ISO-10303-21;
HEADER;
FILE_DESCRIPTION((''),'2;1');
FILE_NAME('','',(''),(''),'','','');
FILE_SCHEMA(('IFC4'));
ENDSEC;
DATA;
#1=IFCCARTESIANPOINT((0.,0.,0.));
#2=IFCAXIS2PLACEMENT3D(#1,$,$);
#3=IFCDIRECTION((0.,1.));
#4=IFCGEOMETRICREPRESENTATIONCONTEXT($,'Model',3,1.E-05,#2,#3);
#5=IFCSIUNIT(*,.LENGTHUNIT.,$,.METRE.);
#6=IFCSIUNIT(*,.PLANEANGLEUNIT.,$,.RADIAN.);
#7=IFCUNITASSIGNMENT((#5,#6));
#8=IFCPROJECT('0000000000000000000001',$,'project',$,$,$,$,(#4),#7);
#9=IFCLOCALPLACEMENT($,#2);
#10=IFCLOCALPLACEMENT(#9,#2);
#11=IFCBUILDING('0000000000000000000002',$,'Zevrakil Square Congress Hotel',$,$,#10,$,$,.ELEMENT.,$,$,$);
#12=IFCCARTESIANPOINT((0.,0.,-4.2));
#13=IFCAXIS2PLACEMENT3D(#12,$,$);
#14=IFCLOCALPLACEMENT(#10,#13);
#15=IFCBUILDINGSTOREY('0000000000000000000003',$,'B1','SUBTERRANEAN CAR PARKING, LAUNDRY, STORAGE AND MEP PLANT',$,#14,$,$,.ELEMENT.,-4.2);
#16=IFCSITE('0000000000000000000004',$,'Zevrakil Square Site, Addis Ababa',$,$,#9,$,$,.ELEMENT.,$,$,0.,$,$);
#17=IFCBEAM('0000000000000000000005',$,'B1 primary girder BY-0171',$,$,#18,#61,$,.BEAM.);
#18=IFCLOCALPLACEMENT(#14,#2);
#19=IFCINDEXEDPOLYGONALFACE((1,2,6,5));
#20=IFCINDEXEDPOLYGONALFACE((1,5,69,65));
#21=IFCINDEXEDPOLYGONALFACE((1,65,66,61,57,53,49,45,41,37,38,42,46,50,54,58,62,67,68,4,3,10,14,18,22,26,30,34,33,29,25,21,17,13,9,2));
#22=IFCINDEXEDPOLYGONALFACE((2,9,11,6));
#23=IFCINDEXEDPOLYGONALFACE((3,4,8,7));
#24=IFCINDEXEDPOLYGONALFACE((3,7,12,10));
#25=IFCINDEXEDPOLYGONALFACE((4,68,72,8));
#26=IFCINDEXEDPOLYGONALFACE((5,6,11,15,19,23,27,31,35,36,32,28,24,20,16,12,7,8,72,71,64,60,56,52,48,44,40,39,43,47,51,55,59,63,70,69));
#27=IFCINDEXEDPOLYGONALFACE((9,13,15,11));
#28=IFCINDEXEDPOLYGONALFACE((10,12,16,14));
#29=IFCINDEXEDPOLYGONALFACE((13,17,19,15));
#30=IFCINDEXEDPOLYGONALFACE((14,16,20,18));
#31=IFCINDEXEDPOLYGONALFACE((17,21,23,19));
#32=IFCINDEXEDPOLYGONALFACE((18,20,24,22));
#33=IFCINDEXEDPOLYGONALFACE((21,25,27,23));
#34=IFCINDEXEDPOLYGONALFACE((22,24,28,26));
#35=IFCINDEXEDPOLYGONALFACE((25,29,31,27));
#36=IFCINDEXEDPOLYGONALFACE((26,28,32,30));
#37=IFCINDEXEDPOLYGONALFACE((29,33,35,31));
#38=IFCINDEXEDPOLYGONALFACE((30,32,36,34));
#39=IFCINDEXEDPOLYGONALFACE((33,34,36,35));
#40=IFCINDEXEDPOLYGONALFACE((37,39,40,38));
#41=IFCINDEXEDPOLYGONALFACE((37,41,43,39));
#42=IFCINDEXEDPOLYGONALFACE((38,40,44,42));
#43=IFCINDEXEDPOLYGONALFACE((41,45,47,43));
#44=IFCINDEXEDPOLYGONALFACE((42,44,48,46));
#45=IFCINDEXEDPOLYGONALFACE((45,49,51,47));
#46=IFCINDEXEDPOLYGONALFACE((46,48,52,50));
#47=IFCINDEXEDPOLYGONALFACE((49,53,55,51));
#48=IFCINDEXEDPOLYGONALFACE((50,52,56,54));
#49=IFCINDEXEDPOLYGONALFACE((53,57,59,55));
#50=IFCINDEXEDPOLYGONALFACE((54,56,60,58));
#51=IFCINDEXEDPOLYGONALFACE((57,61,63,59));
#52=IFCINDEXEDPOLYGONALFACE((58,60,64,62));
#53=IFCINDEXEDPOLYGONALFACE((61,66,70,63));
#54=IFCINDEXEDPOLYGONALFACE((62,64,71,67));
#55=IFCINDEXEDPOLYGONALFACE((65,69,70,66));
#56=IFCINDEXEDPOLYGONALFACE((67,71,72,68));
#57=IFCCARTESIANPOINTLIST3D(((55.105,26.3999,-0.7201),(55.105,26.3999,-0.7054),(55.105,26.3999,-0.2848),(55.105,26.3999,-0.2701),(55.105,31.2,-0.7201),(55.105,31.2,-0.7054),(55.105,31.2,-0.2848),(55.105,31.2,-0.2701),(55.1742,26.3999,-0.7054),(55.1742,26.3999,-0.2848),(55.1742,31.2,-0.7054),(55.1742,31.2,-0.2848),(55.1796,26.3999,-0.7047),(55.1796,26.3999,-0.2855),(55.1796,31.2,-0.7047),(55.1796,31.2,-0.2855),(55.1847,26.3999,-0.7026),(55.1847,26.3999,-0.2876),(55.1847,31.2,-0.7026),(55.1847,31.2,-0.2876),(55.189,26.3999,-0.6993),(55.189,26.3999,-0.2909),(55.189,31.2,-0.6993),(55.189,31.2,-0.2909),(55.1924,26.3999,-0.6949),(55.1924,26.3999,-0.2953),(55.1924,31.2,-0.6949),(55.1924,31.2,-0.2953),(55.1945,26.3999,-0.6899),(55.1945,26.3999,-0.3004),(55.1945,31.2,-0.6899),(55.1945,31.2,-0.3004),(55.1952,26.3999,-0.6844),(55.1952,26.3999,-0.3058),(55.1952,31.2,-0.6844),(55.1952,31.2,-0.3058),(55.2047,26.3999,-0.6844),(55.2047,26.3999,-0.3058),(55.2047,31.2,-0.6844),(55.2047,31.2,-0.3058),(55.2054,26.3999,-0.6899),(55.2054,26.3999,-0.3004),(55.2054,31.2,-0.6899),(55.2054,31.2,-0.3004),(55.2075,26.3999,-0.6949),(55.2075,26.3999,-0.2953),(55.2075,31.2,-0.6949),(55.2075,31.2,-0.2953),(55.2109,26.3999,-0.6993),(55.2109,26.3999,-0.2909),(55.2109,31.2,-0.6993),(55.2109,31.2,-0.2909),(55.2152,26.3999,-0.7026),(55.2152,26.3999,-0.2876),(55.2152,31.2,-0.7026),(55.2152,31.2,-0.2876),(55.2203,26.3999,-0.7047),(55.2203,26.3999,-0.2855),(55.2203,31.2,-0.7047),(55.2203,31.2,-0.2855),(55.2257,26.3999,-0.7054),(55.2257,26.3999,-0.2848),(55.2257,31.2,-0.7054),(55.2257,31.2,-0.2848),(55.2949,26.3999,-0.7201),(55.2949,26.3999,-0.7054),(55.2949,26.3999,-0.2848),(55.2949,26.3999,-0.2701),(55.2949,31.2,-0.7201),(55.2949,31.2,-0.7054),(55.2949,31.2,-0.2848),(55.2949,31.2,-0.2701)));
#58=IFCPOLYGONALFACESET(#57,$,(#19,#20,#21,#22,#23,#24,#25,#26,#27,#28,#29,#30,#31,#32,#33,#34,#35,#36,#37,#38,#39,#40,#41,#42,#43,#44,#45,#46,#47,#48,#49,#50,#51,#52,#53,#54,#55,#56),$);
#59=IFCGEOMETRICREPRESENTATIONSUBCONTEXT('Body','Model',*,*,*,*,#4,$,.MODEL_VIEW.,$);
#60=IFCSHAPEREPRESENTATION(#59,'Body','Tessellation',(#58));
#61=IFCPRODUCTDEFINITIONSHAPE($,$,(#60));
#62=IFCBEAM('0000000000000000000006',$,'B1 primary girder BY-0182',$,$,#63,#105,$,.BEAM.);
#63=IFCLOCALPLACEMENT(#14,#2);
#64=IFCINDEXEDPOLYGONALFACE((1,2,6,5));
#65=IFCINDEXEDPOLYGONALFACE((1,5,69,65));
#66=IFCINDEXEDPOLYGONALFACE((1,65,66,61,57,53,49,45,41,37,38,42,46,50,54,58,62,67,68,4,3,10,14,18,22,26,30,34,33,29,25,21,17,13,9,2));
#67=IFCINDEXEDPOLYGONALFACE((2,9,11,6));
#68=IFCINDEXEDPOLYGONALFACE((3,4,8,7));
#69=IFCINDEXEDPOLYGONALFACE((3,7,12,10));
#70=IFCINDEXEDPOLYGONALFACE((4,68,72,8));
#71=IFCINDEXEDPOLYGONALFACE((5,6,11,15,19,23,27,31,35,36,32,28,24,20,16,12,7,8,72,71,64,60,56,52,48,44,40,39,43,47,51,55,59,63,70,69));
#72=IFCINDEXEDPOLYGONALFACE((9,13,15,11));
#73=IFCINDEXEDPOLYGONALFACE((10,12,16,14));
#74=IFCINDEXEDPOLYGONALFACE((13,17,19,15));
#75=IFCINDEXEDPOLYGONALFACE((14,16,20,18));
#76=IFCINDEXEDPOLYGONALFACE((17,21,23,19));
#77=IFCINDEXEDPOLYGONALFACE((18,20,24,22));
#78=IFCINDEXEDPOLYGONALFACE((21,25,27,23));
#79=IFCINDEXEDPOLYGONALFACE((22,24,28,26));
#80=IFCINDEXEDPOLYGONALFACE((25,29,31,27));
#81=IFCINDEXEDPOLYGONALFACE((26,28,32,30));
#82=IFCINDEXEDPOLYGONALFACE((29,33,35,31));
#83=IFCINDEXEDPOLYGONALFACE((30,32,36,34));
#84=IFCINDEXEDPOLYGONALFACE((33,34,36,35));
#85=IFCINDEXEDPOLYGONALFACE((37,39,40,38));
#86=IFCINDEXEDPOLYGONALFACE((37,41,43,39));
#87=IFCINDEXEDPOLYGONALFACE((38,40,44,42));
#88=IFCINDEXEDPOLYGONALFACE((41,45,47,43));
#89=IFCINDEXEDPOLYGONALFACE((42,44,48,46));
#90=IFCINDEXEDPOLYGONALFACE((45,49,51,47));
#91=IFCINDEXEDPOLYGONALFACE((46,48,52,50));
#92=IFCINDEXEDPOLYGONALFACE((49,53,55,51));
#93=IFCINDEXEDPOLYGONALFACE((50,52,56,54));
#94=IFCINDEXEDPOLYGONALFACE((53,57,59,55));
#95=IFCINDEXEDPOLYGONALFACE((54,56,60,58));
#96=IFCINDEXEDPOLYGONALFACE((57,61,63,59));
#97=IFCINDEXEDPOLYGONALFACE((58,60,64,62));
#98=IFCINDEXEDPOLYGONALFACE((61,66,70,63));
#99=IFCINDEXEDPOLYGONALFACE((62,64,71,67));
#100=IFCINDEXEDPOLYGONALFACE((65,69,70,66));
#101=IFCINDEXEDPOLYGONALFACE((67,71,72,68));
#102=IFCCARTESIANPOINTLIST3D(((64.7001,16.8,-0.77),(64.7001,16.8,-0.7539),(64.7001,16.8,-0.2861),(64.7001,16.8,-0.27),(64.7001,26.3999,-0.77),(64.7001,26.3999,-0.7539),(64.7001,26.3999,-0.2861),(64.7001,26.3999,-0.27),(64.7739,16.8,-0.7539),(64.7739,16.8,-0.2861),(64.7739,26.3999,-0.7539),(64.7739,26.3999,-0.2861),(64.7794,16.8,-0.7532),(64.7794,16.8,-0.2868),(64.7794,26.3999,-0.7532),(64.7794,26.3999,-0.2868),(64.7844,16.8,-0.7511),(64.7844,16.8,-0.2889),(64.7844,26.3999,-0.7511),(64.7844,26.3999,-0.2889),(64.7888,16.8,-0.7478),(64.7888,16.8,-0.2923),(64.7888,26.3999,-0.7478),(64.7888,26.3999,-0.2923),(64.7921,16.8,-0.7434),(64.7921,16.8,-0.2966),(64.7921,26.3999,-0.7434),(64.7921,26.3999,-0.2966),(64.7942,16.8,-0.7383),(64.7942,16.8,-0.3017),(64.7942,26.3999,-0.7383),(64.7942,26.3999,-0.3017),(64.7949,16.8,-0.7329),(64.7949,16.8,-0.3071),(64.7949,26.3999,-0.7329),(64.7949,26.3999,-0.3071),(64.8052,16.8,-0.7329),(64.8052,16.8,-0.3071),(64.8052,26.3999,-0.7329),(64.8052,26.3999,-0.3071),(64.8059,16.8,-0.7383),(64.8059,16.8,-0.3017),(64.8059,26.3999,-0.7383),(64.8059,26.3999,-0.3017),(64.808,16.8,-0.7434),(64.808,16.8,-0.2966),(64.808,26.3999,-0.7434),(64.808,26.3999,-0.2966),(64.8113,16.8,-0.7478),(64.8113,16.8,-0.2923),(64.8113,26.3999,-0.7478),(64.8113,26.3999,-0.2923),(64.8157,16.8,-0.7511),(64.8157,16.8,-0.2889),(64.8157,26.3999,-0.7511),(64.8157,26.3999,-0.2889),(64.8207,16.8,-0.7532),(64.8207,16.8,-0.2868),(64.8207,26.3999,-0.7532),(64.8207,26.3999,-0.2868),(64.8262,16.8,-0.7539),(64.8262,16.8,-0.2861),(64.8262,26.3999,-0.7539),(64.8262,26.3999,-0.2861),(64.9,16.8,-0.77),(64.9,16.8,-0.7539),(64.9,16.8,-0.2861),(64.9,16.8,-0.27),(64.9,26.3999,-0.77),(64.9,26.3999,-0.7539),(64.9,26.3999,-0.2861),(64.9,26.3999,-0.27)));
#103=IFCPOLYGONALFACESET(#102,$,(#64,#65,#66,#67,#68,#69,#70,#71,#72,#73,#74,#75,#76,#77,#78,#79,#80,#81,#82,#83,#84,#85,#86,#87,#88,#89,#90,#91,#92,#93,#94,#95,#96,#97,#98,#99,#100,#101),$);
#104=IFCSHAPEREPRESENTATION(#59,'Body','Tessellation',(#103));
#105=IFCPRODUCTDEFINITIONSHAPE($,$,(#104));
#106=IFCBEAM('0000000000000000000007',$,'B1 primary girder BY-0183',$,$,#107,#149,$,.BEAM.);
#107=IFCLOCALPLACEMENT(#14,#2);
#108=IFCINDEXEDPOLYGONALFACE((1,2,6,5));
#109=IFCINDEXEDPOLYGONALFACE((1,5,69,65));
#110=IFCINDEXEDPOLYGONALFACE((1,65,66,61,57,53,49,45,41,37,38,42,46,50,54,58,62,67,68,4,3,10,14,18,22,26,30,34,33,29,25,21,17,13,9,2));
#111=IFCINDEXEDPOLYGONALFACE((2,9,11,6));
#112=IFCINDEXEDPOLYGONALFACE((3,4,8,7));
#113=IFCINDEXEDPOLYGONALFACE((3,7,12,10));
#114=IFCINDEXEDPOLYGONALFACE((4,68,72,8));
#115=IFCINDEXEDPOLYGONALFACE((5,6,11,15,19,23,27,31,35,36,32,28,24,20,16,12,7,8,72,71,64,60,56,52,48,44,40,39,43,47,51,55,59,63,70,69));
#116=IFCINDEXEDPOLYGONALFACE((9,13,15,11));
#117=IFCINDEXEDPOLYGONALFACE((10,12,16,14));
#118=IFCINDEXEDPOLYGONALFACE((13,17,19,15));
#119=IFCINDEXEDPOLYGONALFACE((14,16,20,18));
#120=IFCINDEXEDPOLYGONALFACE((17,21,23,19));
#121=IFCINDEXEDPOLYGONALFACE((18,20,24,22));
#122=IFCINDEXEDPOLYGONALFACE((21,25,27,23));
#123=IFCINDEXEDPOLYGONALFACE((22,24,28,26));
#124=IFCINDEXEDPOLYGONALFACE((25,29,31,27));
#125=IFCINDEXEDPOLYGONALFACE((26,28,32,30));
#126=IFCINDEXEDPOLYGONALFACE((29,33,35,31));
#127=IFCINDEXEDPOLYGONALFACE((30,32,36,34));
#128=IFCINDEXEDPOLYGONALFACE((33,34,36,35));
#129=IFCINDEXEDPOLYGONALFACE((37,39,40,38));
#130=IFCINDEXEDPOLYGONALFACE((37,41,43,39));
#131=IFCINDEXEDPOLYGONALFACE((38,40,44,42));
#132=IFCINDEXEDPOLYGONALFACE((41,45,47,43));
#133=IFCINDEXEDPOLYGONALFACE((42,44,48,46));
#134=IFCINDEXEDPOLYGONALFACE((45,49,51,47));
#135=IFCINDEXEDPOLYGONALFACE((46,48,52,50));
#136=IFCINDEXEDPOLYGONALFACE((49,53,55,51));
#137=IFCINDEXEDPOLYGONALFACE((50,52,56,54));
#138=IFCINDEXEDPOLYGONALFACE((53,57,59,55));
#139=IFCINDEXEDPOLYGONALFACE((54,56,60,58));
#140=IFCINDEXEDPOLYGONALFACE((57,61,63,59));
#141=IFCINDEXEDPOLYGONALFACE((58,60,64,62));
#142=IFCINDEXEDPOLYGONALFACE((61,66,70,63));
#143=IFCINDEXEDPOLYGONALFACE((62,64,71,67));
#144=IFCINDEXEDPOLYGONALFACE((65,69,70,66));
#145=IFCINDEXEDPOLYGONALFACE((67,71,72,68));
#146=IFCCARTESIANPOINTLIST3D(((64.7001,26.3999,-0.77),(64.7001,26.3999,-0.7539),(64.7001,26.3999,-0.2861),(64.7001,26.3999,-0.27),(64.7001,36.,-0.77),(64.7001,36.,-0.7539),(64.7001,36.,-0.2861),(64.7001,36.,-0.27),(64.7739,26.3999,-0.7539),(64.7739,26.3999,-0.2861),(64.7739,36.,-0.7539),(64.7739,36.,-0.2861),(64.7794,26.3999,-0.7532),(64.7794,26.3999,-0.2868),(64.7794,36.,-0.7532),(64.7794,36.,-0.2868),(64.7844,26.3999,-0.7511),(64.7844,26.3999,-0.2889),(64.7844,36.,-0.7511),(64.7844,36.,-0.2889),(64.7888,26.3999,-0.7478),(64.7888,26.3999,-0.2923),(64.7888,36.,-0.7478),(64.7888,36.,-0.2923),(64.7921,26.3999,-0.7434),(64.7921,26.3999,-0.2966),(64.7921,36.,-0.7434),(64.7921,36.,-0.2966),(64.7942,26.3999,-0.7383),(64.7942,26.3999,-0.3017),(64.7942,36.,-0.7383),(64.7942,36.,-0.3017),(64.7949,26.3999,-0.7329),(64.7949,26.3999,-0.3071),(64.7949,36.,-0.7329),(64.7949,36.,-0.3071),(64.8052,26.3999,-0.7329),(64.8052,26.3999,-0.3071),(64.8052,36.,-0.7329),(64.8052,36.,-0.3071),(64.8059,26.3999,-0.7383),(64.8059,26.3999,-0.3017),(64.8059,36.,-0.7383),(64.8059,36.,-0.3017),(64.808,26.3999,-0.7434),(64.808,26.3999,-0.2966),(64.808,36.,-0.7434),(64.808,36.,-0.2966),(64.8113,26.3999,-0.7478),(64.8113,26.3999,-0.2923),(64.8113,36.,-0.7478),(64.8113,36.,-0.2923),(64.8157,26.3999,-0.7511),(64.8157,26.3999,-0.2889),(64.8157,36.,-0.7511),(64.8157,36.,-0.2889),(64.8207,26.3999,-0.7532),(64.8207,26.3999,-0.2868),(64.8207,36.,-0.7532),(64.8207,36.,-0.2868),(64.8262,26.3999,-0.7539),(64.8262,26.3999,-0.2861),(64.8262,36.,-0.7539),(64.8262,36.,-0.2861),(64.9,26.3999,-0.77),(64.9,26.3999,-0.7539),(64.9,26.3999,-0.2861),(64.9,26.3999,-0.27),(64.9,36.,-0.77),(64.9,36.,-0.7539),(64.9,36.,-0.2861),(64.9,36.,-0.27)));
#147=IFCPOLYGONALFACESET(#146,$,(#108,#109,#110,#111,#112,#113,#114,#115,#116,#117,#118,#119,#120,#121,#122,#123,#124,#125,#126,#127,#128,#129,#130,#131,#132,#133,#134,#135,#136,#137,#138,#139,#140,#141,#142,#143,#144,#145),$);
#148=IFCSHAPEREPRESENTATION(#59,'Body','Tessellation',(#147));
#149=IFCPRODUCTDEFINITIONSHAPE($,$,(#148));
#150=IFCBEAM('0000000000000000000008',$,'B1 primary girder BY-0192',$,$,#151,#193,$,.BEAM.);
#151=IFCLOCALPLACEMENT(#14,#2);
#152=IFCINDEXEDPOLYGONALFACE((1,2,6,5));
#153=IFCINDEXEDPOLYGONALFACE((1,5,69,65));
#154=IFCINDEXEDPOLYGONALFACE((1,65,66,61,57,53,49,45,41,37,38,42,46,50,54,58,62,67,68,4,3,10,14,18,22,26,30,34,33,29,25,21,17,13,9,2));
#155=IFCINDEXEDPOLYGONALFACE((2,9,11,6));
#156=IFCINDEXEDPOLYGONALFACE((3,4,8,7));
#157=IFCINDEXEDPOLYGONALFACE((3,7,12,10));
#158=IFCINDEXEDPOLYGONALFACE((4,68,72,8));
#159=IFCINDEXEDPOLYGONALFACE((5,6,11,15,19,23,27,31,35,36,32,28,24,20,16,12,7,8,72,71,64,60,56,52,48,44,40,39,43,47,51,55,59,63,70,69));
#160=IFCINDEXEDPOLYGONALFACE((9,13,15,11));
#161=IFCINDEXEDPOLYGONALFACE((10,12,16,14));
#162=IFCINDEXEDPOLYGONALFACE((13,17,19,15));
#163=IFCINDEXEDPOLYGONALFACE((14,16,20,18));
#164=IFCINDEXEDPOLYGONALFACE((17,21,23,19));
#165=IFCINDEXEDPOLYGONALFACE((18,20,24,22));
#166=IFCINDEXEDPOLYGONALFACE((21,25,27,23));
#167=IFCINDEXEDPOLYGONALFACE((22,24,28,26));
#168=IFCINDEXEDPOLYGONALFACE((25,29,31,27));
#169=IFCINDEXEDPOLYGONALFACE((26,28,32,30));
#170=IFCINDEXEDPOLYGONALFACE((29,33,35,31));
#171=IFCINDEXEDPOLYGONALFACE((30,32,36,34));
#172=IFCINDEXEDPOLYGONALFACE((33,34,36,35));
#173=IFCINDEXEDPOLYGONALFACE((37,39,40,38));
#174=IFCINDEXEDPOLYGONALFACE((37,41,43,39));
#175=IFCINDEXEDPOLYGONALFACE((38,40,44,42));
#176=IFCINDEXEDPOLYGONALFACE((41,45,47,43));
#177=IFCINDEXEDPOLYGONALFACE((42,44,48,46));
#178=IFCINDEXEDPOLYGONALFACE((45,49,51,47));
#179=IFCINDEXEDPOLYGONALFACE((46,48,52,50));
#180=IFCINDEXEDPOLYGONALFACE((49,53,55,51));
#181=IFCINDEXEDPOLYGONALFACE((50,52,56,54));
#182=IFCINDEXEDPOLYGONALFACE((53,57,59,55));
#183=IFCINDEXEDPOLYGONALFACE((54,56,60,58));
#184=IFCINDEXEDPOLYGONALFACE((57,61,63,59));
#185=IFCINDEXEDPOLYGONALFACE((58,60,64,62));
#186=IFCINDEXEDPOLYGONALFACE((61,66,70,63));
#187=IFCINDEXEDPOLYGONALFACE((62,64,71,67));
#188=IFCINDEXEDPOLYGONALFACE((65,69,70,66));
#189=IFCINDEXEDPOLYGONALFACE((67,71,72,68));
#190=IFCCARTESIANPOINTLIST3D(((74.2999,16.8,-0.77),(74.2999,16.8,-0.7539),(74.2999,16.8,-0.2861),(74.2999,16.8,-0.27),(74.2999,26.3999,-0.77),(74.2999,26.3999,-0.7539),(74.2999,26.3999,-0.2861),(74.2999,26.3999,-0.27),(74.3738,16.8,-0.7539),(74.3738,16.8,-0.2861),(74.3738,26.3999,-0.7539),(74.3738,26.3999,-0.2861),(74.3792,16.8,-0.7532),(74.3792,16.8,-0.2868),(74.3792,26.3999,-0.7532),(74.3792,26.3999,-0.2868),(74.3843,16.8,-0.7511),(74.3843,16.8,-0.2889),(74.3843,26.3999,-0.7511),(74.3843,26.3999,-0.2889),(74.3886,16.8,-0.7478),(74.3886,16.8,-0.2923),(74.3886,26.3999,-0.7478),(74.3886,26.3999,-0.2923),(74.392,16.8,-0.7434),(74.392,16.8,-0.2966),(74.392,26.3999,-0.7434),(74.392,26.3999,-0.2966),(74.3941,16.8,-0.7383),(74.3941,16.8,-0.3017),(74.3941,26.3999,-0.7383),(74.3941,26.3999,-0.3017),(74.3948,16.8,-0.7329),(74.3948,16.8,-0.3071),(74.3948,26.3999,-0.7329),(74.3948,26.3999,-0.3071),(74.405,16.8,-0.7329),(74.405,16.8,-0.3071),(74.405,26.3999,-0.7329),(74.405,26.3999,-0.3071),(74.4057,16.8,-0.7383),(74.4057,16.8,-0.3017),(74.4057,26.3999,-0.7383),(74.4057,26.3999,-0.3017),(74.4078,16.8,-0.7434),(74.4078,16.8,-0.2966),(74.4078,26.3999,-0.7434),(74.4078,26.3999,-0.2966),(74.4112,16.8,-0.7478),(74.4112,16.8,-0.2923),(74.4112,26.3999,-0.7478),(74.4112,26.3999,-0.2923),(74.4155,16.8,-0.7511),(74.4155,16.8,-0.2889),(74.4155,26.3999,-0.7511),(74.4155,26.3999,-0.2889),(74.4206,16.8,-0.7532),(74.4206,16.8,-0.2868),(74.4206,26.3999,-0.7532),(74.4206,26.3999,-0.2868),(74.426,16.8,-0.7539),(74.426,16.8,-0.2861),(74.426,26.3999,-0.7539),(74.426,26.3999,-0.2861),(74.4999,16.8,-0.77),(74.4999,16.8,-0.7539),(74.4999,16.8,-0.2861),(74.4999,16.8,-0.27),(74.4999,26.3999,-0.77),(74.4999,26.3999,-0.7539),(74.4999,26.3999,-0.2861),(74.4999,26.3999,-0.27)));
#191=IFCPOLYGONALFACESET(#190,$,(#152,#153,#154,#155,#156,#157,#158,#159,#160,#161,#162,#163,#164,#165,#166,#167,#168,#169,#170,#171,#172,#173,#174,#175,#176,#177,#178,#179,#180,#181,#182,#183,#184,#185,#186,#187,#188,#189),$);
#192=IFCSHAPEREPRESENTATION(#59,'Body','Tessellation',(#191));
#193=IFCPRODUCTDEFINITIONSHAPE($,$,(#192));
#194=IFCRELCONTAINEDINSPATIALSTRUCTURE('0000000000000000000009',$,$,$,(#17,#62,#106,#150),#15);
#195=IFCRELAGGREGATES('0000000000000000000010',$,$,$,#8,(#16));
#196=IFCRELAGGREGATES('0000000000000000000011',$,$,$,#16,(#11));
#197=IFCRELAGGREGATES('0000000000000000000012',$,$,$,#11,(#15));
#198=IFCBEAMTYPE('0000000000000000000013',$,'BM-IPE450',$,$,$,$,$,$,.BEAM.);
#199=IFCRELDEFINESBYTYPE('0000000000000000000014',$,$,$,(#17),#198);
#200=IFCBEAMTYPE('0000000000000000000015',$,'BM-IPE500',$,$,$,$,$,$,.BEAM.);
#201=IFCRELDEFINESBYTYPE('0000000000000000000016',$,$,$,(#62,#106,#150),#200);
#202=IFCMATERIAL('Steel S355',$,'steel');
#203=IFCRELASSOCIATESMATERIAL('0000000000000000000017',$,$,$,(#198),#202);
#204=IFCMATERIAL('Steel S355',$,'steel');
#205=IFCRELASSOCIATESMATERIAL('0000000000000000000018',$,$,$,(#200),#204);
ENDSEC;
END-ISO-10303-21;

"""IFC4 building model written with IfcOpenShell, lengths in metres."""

from ifc_helpers import new_model, si_unit, direction, frame, origin, origin_2d, place, context, subcontext, project, spatial, i_section, extrude, material, material_profile, profile_set, type_object, element, save


model = new_model("IFC4")

# Units and contexts
model_context = context("Model", 3, precision=1e-05, world=origin(), true_north=direction((0.0, 1.0)))
body_context = subcontext(model_context, "Body", "Model", "MODEL_VIEW")
ifc_project = project(units=[si_unit("LENGTHUNIT", "METRE"), si_unit("PLANEANGLEUNIT", "RADIAN")], contexts=[model_context])

# Site, building, storey
site_placement = place(None, origin())
site = spatial("IfcSite", under=ifc_project, at=site_placement, Name="Zevrakil Square Site, Addis Ababa", CompositionType="ELEMENT", RefElevation=0.0)
building_placement = place(site_placement, origin())
building = spatial("IfcBuilding", under=site, at=building_placement, Name="Zevrakil Square Congress Hotel", CompositionType="ELEMENT")
storey_placement = place(building_placement, frame((0.0, 0.0, -4.2)))
storey = spatial("IfcBuildingStorey", under=building, at=storey_placement, Name="B1", Description="SUBTERRANEAN CAR PARKING, LAUNDRY, STORAGE AND MEP PLANT", CompositionType="ELEMENT", Elevation=-4.2)

# Beams
ifc_material_1 = material(Name="Steel S355", Category="steel")
ifc_material_profile_1 = material_profile(ifc_material_1, i_section(OverallWidth=0.1899, OverallDepth=0.45, WebThickness=0.0095, FlangeThickness=0.0146, FilletRadius=0.021, at=origin_2d()), Name="IPE 450")
ifc_profile_set_1 = profile_set([ifc_material_profile_1], Name="Steel S355")
beam_type_1 = type_object("IfcBeamType", Name="BM-IPE450", PredefinedType="BEAM", material=ifc_profile_set_1)
beam_1_placement = place(storey_placement, frame((55.2, 26.3999, -0.4951), z_axis=(0.0, 1.0, 0.0), x_axis=(-1.0, 0.0, 0.0)))
element("IfcBeam", 1, at=beam_1_placement, inside=storey, type_object=beam_type_1, Name="B1 primary girder BY-0171", PredefinedType="BEAM", context=body_context, shape_type="SweptSolid", body=[
    extrude(i_section(OverallWidth=0.1899, OverallDepth=0.45, WebThickness=0.0095, FlangeThickness=0.0146, FilletRadius=0.021, at=origin_2d()), origin(), (0.0, 0.0, 1.0), 4.8),
])
ifc_material_2 = material(Name="Steel S355", Category="steel")
ifc_material_profile_2 = material_profile(ifc_material_2, i_section(OverallWidth=0.2, OverallDepth=0.5, WebThickness=0.0103, FlangeThickness=0.0161, FilletRadius=0.021, at=origin_2d()), Name="IPE 500")
ifc_profile_set_2 = profile_set([ifc_material_profile_2], Name="Steel S355")
beam_type_2 = type_object("IfcBeamType", Name="BM-IPE500", PredefinedType="BEAM", material=ifc_profile_set_2)
beam_2_placement = place(storey_placement, frame((64.8, 16.8, -0.52), z_axis=(0.0, 1.0, 0.0), x_axis=(-1.0, 0.0, 0.0)))
element("IfcBeam", 2, at=beam_2_placement, inside=storey, type_object=beam_type_2, Name="B1 primary girder BY-0182", PredefinedType="BEAM", context=body_context, shape_type="SweptSolid", body=[
    extrude(i_section(OverallWidth=0.2, OverallDepth=0.5, WebThickness=0.0103, FlangeThickness=0.0161, FilletRadius=0.021, at=origin_2d()), origin(), (0.0, 0.0, 1.0), 9.5999),
])
beam_3_placement = place(storey_placement, frame((64.8, 26.3999, -0.52), z_axis=(0.0, 1.0, 0.0), x_axis=(-1.0, 0.0, 0.0)))
element("IfcBeam", 3, at=beam_3_placement, inside=storey, type_object=beam_type_2, Name="B1 primary girder BY-0183", PredefinedType="BEAM", context=body_context, shape_type="SweptSolid", body=[
    extrude(i_section(OverallWidth=0.2, OverallDepth=0.5, WebThickness=0.0103, FlangeThickness=0.0161, FilletRadius=0.021, at=origin_2d()), origin(), (0.0, 0.0, 1.0), 9.6001),
])
beam_4_placement = place(storey_placement, frame((74.3999, 16.8, -0.52), z_axis=(0.0, 1.0, 0.0), x_axis=(-1.0, 0.0, 0.0)))
element("IfcBeam", 4, at=beam_4_placement, inside=storey, type_object=beam_type_2, Name="B1 primary girder BY-0192", PredefinedType="BEAM", context=body_context, shape_type="SweptSolid", body=[
    extrude(i_section(OverallWidth=0.2, OverallDepth=0.5, WebThickness=0.0103, FlangeThickness=0.0161, FilletRadius=0.021, at=origin_2d()), origin(), (0.0, 0.0, 1.0), 9.5999),
])

save(model, "model.ifc")
